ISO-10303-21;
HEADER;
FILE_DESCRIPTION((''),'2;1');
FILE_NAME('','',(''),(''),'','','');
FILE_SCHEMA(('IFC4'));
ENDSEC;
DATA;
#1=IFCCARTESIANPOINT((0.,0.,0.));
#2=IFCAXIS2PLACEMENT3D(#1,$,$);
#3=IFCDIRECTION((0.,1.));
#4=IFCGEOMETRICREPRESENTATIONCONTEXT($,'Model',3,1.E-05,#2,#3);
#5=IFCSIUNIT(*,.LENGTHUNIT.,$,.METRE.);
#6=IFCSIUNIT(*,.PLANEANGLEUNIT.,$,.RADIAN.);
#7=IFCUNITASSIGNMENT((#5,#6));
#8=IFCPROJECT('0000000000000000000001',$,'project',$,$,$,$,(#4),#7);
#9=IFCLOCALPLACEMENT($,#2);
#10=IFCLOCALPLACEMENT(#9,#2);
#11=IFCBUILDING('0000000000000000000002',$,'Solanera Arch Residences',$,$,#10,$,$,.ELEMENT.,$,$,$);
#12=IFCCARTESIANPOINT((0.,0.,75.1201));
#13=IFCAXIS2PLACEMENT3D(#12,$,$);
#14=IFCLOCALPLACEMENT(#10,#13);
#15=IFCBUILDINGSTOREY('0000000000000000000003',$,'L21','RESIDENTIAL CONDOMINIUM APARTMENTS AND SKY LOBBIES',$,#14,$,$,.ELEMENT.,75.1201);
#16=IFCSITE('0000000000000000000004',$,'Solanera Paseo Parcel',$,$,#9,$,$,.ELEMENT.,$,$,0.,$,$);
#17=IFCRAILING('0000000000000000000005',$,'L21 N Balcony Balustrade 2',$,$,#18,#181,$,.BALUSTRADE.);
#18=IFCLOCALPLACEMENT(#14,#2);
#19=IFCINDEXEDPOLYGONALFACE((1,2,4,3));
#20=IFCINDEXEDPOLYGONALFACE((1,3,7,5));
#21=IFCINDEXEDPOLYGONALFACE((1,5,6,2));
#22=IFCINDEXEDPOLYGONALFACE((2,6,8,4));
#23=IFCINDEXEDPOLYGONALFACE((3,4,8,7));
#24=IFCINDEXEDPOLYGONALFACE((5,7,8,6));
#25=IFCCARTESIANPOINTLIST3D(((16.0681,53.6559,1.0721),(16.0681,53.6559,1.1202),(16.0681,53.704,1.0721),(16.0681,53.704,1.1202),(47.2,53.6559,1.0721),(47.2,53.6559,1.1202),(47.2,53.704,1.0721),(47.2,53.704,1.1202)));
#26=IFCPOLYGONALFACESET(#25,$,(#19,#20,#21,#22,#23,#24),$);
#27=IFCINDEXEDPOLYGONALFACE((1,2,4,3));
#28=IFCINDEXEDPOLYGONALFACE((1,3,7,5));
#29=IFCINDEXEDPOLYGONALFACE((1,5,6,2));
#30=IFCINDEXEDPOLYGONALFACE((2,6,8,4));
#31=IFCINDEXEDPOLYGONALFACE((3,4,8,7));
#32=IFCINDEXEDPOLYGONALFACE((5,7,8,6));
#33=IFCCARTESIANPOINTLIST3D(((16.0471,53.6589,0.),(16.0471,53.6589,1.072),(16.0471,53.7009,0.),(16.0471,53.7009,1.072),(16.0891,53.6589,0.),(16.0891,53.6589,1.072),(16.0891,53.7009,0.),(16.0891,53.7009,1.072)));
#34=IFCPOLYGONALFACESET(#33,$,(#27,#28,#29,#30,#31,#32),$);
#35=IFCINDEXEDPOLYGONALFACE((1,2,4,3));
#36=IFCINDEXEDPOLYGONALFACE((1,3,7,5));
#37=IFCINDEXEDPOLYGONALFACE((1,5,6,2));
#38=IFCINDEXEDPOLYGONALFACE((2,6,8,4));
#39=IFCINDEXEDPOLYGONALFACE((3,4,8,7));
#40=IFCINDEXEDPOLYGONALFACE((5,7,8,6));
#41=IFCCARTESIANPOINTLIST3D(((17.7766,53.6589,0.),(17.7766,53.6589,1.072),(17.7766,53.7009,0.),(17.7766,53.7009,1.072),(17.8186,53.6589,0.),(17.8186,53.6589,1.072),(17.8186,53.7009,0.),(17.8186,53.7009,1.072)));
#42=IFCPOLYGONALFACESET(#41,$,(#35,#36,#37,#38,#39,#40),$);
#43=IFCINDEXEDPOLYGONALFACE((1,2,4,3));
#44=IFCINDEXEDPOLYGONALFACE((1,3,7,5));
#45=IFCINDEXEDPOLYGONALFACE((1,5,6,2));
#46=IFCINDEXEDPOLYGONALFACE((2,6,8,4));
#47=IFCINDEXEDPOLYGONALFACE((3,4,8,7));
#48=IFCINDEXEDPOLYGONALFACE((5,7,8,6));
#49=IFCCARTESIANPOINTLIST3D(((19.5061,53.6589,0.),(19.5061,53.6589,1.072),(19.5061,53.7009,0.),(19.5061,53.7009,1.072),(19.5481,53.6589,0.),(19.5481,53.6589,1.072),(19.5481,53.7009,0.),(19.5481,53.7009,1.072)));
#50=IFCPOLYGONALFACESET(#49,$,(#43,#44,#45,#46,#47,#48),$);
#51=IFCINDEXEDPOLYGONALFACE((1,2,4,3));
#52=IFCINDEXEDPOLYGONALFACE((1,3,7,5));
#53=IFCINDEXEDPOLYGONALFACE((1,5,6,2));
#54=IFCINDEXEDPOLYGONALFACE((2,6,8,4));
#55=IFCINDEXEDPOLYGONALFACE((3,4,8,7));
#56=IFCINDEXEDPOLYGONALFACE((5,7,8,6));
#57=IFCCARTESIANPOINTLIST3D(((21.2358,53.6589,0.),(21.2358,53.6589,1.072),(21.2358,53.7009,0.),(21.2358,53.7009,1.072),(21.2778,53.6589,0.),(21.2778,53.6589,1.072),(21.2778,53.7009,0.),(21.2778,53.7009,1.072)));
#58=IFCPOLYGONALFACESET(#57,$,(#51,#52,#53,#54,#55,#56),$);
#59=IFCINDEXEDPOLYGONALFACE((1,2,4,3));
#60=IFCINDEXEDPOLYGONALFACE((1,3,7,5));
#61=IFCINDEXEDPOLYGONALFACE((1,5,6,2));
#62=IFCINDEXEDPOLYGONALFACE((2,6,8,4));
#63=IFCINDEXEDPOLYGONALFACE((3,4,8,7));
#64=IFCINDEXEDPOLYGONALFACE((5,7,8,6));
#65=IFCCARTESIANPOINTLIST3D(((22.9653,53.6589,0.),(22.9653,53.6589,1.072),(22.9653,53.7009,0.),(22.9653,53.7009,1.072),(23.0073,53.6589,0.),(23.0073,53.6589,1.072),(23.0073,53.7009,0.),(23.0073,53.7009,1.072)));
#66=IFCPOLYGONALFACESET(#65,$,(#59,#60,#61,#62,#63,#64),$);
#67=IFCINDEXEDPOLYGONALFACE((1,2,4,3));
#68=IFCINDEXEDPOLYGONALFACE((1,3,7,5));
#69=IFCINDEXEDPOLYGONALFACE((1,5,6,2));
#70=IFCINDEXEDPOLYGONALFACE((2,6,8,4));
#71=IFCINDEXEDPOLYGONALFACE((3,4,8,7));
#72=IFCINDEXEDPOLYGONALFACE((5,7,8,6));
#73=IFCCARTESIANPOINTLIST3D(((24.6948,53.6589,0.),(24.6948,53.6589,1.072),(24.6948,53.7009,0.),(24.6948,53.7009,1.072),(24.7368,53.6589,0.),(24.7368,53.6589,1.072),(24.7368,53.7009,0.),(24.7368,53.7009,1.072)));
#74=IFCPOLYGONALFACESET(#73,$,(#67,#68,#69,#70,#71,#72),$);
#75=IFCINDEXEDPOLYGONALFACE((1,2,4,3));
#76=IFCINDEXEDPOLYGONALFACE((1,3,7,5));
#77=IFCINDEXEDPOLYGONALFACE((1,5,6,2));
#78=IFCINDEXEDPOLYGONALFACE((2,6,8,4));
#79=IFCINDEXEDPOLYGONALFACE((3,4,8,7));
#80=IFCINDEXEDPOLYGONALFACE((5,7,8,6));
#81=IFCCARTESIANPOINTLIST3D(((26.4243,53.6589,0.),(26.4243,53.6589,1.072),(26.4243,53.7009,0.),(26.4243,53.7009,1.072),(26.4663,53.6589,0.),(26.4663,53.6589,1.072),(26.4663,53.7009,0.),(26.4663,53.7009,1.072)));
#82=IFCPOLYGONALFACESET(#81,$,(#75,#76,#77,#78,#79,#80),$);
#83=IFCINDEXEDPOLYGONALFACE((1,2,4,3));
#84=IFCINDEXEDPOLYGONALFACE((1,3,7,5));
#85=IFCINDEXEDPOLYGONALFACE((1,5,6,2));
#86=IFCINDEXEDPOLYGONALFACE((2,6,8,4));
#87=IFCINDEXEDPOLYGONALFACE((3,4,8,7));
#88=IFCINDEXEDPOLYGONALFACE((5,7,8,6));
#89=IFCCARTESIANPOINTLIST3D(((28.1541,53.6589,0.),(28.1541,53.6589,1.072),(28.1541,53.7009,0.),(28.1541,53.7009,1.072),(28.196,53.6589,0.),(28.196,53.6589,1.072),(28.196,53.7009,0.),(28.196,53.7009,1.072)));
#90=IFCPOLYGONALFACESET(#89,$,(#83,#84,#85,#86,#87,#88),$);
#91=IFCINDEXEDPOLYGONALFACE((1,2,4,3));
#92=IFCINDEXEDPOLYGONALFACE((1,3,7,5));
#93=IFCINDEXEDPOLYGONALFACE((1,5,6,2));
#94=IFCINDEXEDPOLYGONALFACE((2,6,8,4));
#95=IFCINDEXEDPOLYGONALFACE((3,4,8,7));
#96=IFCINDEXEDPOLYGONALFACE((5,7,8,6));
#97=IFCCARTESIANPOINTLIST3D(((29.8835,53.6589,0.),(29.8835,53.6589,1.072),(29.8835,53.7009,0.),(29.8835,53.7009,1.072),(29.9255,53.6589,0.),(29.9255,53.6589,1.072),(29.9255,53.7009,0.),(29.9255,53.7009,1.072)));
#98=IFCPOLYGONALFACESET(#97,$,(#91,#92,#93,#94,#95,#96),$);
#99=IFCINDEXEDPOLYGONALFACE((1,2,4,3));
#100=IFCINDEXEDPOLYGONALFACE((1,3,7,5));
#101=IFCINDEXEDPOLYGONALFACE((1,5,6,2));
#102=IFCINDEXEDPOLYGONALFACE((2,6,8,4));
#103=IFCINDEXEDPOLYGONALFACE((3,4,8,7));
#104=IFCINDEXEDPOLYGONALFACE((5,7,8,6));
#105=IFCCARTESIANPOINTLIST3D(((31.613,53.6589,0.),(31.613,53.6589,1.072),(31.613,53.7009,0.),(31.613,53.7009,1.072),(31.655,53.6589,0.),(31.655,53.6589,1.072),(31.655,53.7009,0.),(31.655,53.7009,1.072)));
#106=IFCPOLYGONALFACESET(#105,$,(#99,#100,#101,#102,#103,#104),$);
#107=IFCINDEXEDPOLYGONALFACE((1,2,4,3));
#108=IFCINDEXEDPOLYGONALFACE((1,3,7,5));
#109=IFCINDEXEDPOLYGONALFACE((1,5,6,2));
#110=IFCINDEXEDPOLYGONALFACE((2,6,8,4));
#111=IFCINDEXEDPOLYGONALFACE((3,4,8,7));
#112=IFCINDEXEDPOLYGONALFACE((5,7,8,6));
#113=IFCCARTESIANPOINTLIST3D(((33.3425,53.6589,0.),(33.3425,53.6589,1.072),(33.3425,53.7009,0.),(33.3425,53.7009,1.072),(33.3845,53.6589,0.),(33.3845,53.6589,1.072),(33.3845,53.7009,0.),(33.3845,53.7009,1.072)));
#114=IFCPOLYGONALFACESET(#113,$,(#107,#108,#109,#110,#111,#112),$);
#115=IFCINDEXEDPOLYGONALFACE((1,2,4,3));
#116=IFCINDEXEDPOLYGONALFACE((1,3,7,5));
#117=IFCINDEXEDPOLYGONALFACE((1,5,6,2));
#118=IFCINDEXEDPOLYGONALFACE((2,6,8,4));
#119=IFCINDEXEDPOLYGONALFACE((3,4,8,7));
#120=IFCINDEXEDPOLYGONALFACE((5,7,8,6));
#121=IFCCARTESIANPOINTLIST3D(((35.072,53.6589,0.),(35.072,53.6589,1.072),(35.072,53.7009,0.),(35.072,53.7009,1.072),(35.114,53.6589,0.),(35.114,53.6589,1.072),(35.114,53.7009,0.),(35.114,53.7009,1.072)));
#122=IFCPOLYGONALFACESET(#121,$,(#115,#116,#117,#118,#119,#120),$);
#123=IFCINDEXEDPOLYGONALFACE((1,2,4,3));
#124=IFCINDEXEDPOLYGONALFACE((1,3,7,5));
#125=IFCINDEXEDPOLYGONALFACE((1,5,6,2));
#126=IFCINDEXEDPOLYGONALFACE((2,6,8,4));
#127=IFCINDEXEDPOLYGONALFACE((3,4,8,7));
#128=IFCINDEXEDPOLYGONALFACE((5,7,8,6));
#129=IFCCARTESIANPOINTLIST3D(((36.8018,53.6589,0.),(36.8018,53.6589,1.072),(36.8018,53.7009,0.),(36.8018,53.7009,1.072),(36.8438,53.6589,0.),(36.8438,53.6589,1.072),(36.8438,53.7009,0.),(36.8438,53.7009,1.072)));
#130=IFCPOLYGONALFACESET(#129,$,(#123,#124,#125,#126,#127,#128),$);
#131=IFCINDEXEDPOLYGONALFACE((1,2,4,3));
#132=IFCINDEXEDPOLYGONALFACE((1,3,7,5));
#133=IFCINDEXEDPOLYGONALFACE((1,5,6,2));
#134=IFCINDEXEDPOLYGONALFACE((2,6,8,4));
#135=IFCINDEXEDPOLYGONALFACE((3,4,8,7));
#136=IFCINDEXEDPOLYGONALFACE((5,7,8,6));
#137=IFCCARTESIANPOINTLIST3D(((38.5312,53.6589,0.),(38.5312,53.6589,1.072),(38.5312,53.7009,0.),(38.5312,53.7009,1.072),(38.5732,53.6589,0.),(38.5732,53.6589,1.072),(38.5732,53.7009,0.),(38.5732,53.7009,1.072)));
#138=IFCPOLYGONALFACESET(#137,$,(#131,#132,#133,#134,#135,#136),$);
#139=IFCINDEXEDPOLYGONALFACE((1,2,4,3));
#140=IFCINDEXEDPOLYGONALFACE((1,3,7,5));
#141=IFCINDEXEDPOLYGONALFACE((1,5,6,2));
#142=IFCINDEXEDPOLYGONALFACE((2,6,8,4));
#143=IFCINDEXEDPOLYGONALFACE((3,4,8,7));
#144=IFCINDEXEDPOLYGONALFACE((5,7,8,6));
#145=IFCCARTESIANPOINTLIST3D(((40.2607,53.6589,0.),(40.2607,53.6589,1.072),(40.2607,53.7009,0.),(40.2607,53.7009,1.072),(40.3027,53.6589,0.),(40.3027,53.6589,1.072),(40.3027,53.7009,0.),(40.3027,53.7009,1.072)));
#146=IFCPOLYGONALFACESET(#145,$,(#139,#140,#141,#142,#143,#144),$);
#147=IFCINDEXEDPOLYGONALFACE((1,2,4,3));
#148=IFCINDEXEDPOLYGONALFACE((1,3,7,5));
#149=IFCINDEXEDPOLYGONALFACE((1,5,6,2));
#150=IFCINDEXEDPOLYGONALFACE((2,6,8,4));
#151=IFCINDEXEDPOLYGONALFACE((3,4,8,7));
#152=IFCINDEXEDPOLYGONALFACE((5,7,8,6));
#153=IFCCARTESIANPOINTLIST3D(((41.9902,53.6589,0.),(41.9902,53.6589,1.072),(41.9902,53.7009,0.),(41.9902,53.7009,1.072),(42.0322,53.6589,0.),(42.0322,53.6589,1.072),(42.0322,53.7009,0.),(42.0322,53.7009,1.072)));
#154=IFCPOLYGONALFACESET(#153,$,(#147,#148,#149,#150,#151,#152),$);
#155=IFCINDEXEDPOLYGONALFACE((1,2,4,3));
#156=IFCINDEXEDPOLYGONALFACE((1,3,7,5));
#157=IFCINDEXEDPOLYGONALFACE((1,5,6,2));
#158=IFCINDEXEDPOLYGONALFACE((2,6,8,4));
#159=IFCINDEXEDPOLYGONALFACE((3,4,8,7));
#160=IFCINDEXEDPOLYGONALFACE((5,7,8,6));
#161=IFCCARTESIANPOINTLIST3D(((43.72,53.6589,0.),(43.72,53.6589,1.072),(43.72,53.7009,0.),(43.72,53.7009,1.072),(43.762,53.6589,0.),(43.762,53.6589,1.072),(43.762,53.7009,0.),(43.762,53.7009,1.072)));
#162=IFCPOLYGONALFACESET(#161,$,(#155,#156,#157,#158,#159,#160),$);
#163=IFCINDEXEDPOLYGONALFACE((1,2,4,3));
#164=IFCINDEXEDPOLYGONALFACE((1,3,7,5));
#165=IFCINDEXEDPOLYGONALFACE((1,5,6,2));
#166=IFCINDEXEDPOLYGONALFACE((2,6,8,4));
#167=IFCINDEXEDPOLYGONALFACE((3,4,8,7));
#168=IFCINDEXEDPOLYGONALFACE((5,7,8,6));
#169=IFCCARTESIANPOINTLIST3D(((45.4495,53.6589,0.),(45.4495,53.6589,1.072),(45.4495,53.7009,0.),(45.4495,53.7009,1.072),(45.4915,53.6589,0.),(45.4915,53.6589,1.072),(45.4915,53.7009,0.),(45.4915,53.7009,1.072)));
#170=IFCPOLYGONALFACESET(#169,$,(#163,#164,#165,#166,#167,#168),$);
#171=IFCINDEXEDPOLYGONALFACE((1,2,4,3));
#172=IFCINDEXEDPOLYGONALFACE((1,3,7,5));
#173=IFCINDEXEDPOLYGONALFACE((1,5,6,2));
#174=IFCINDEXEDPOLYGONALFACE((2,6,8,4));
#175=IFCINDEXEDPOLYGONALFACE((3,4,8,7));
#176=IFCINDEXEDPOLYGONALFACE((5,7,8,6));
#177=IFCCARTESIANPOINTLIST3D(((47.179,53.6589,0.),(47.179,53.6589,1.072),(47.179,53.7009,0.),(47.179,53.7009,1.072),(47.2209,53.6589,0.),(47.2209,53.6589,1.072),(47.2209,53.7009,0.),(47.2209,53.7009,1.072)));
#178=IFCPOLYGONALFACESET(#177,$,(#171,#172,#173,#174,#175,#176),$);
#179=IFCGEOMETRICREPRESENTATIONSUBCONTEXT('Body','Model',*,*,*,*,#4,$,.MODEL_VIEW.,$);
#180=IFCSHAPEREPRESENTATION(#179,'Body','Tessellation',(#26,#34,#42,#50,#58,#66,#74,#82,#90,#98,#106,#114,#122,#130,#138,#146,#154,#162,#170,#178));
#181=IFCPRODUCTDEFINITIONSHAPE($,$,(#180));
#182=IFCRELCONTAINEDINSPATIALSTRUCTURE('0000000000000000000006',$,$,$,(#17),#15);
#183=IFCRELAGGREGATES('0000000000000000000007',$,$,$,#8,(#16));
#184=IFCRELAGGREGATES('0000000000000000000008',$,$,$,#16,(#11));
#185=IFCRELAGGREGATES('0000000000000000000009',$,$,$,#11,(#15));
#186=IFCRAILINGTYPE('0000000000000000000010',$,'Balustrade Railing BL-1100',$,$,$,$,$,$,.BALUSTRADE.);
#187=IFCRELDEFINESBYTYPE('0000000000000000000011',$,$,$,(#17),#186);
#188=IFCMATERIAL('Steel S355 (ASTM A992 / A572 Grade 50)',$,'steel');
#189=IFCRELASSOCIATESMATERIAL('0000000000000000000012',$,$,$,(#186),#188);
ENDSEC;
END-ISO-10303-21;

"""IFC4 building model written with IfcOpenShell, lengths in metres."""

from ifc_helpers import new_model, si_unit, direction, frame, origin, origin_2d, place, context, subcontext, project, spatial, rectangle, extrude, material, type_object, element, save


model = new_model("IFC4")

# Units and contexts
model_context = context("Model", 3, precision=1e-05, world=origin(), true_north=direction((0.0, 1.0)))
body_context = subcontext(model_context, "Body", "Model", "MODEL_VIEW")
ifc_project = project(units=[si_unit("LENGTHUNIT", "METRE"), si_unit("PLANEANGLEUNIT", "RADIAN")], contexts=[model_context])

# Site, building, storey
site_placement = place(None, origin())
site = spatial("IfcSite", under=ifc_project, at=site_placement, Name="Solanera Paseo Parcel", CompositionType="ELEMENT", RefElevation=0.0)
building_placement = place(site_placement, origin())
building = spatial("IfcBuilding", under=site, at=building_placement, Name="Solanera Arch Residences", CompositionType="ELEMENT")
storey_placement = place(building_placement, frame((0.0, 0.0, 75.1201)))
storey = spatial("IfcBuildingStorey", under=building, at=storey_placement, Name="L21", Description="RESIDENTIAL CONDOMINIUM APARTMENTS AND SKY LOBBIES", CompositionType="ELEMENT", Elevation=75.1201)

# Railing
ifc_material_1 = material(Name="Steel S355 (ASTM A992 / A572 Grade 50)", Category="steel")
railing_type = type_object("IfcRailingType", Name="Balustrade Railing BL-1100", PredefinedType="BALUSTRADE", material=ifc_material_1)
railing_placement = place(storey_placement, frame((16.0681, 53.6799, 0.0)))
element("IfcRailing", 1, at=railing_placement, inside=storey, type_object=railing_type, Name="L21 N Balcony Balustrade 2", PredefinedType="BALUSTRADE", context=body_context, shape_type="SweptSolid", body=[
    extrude(rectangle(XDim=0.0481, YDim=0.0481, at=origin_2d()), frame((0.0, 0.0, 1.0962), z_axis=(1.0, 0.0, 0.0), x_axis=(0.0, 1.0, 0.0)), (0.0, 0.0, 1.0), 31.1318),
    extrude(rectangle(XDim=0.042, YDim=0.042, at=origin_2d()), origin(), (0.0, 0.0, 1.0), 1.072),
    extrude(rectangle(XDim=0.042, YDim=0.042, at=origin_2d()), frame((1.7295, 0.0, 0.0)), (0.0, 0.0, 1.0), 1.072),
    extrude(rectangle(XDim=0.042, YDim=0.042, at=origin_2d()), frame((3.459, 0.0, 0.0)), (0.0, 0.0, 1.0), 1.072),
    extrude(rectangle(XDim=0.042, YDim=0.042, at=origin_2d()), frame((5.1887, 0.0, 0.0)), (0.0, 0.0, 1.0), 1.072),
    extrude(rectangle(XDim=0.042, YDim=0.042, at=origin_2d()), frame((6.9182, 0.0, 0.0)), (0.0, 0.0, 1.0), 1.072),
    extrude(rectangle(XDim=0.042, YDim=0.042, at=origin_2d()), frame((8.6477, 0.0, 0.0)), (0.0, 0.0, 1.0), 1.072),
    extrude(rectangle(XDim=0.042, YDim=0.042, at=origin_2d()), frame((10.3772, 0.0, 0.0)), (0.0, 0.0, 1.0), 1.072),
    extrude(rectangle(XDim=0.042, YDim=0.042, at=origin_2d()), frame((12.1069, 0.0, 0.0)), (0.0, 0.0, 1.0), 1.072),
    extrude(rectangle(XDim=0.042, YDim=0.042, at=origin_2d()), frame((13.8364, 0.0, 0.0)), (0.0, 0.0, 1.0), 1.072),
    extrude(rectangle(XDim=0.042, YDim=0.042, at=origin_2d()), frame((15.5659, 0.0, 0.0)), (0.0, 0.0, 1.0), 1.072),
    extrude(rectangle(XDim=0.042, YDim=0.042, at=origin_2d()), frame((17.2954, 0.0, 0.0)), (0.0, 0.0, 1.0), 1.072),
    extrude(rectangle(XDim=0.042, YDim=0.042, at=origin_2d()), frame((19.0249, 0.0, 0.0)), (0.0, 0.0, 1.0), 1.072),
    extrude(rectangle(XDim=0.042, YDim=0.042, at=origin_2d()), frame((20.7546, 0.0, 0.0)), (0.0, 0.0, 1.0), 1.072),
    extrude(rectangle(XDim=0.042, YDim=0.042, at=origin_2d()), frame((22.4841, 0.0, 0.0)), (0.0, 0.0, 1.0), 1.072),
    extrude(rectangle(XDim=0.042, YDim=0.042, at=origin_2d()), frame((24.2136, 0.0, 0.0)), (0.0, 0.0, 1.0), 1.072),
    extrude(rectangle(XDim=0.042, YDim=0.042, at=origin_2d()), frame((25.9431, 0.0, 0.0)), (0.0, 0.0, 1.0), 1.072),
    extrude(rectangle(XDim=0.042, YDim=0.042, at=origin_2d()), frame((27.6729, 0.0, 0.0)), (0.0, 0.0, 1.0), 1.072),
    extrude(rectangle(XDim=0.042, YDim=0.042, at=origin_2d()), frame((29.4023, 0.0, 0.0)), (0.0, 0.0, 1.0), 1.072),
    extrude(rectangle(XDim=0.042, YDim=0.042, at=origin_2d()), frame((31.1318, 0.0, 0.0)), (0.0, 0.0, 1.0), 1.072),
])

save(model, "model.ifc")
